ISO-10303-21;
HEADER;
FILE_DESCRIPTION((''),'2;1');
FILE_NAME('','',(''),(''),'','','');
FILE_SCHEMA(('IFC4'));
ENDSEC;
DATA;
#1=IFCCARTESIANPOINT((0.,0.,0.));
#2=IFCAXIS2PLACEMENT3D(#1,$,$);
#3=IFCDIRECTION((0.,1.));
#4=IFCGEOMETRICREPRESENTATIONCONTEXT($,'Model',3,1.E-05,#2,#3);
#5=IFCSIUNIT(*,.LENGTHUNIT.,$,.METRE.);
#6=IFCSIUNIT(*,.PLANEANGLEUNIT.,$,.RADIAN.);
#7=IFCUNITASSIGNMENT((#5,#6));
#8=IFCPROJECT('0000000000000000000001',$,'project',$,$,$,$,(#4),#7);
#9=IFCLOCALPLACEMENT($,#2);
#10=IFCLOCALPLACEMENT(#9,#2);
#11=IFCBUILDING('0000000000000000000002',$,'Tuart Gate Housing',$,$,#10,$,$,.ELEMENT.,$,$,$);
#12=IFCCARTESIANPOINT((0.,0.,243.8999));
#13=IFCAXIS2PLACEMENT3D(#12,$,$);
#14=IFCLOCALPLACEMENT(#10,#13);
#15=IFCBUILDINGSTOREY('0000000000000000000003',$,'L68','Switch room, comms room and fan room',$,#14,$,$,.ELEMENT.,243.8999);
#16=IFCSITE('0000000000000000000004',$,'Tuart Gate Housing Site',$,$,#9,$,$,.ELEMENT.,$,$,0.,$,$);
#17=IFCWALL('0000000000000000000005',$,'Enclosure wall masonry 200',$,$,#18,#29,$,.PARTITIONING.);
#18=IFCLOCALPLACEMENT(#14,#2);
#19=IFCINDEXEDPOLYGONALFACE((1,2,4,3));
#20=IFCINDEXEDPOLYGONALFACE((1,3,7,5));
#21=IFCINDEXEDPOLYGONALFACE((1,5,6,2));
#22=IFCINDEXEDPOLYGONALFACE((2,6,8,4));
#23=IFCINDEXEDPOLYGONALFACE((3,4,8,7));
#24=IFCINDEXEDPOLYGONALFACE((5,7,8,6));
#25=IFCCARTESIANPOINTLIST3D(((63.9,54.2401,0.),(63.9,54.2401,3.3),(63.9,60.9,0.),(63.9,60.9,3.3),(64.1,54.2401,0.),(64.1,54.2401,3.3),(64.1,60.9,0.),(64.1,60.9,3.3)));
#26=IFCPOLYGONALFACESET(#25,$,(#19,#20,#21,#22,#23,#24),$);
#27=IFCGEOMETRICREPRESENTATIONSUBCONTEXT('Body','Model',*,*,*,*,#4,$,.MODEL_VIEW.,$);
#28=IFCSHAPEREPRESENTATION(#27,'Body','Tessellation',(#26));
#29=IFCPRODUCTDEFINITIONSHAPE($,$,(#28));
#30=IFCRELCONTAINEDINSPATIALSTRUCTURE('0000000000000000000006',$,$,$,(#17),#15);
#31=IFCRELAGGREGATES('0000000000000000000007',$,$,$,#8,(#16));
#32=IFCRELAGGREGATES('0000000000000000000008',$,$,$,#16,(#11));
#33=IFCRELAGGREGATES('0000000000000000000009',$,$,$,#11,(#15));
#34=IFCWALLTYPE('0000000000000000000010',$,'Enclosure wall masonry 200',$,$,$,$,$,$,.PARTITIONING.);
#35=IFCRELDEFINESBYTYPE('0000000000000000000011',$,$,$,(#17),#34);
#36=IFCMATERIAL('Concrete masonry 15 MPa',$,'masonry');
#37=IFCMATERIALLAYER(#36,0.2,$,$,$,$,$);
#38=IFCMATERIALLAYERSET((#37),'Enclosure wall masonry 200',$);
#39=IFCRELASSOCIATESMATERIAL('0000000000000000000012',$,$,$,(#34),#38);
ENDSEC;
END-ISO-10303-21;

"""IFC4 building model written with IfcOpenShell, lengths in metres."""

from ifc_helpers import new_model, si_unit, direction, frame, frame_2d, origin, place, context, subcontext, project, spatial, rectangle, extrude, material, layer, layer_set, type_object, element, save


model = new_model("IFC4")

# Units and contexts
model_context = context("Model", 3, precision=1e-05, world=origin(), true_north=direction((0.0, 1.0)))
body_context = subcontext(model_context, "Body", "Model", "MODEL_VIEW")
ifc_project = project(units=[si_unit("LENGTHUNIT", "METRE"), si_unit("PLANEANGLEUNIT", "RADIAN")], contexts=[model_context])

# Site, building, storey
site_placement = place(None, origin())
site = spatial("IfcSite", under=ifc_project, at=site_placement, Name="Tuart Gate Housing Site", CompositionType="ELEMENT", RefElevation=0.0)
building_placement = place(site_placement, origin())
building = spatial("IfcBuilding", under=site, at=building_placement, Name="Tuart Gate Housing", CompositionType="ELEMENT")
storey_placement = place(building_placement, frame((0.0, 0.0, 243.8999)))
storey = spatial("IfcBuildingStorey", under=building, at=storey_placement, Name="L68", Description="Switch room, comms room and fan room", CompositionType="ELEMENT", Elevation=243.8999)

# Wall
ifc_material_1 = material(Name="Concrete masonry 15 MPa", Category="masonry")
ifc_layer_1 = layer(ifc_material_1, 0.2)
ifc_layer_set_1 = layer_set([ifc_layer_1], Name="Enclosure wall masonry 200")
wall_type_1 = type_object("IfcWallType", Name="Enclosure wall masonry 200", PredefinedType="PARTITIONING", material=ifc_layer_set_1)
for number, where, z_axis, x_axis, name in (
    (1, (64.0, 54.24, 0.0), (0.0, 0.0, 1.0), (0.0, 1.0, 0.0), "Enclosure wall masonry 200"),
):
    element("IfcWall", number, at=place(storey_placement, frame(where, z_axis=z_axis, x_axis=x_axis)), inside=storey, type_object=wall_type_1, Name=name, PredefinedType="PARTITIONING", context=body_context, shape_type="SweptSolid", body=[
        extrude(rectangle(XDim=6.6599, YDim=0.2, at=frame_2d((3.3301, 0.0))), origin(), (0.0, 0.0, 1.0), 3.3),
    ])

save(model, "model.ifc")
